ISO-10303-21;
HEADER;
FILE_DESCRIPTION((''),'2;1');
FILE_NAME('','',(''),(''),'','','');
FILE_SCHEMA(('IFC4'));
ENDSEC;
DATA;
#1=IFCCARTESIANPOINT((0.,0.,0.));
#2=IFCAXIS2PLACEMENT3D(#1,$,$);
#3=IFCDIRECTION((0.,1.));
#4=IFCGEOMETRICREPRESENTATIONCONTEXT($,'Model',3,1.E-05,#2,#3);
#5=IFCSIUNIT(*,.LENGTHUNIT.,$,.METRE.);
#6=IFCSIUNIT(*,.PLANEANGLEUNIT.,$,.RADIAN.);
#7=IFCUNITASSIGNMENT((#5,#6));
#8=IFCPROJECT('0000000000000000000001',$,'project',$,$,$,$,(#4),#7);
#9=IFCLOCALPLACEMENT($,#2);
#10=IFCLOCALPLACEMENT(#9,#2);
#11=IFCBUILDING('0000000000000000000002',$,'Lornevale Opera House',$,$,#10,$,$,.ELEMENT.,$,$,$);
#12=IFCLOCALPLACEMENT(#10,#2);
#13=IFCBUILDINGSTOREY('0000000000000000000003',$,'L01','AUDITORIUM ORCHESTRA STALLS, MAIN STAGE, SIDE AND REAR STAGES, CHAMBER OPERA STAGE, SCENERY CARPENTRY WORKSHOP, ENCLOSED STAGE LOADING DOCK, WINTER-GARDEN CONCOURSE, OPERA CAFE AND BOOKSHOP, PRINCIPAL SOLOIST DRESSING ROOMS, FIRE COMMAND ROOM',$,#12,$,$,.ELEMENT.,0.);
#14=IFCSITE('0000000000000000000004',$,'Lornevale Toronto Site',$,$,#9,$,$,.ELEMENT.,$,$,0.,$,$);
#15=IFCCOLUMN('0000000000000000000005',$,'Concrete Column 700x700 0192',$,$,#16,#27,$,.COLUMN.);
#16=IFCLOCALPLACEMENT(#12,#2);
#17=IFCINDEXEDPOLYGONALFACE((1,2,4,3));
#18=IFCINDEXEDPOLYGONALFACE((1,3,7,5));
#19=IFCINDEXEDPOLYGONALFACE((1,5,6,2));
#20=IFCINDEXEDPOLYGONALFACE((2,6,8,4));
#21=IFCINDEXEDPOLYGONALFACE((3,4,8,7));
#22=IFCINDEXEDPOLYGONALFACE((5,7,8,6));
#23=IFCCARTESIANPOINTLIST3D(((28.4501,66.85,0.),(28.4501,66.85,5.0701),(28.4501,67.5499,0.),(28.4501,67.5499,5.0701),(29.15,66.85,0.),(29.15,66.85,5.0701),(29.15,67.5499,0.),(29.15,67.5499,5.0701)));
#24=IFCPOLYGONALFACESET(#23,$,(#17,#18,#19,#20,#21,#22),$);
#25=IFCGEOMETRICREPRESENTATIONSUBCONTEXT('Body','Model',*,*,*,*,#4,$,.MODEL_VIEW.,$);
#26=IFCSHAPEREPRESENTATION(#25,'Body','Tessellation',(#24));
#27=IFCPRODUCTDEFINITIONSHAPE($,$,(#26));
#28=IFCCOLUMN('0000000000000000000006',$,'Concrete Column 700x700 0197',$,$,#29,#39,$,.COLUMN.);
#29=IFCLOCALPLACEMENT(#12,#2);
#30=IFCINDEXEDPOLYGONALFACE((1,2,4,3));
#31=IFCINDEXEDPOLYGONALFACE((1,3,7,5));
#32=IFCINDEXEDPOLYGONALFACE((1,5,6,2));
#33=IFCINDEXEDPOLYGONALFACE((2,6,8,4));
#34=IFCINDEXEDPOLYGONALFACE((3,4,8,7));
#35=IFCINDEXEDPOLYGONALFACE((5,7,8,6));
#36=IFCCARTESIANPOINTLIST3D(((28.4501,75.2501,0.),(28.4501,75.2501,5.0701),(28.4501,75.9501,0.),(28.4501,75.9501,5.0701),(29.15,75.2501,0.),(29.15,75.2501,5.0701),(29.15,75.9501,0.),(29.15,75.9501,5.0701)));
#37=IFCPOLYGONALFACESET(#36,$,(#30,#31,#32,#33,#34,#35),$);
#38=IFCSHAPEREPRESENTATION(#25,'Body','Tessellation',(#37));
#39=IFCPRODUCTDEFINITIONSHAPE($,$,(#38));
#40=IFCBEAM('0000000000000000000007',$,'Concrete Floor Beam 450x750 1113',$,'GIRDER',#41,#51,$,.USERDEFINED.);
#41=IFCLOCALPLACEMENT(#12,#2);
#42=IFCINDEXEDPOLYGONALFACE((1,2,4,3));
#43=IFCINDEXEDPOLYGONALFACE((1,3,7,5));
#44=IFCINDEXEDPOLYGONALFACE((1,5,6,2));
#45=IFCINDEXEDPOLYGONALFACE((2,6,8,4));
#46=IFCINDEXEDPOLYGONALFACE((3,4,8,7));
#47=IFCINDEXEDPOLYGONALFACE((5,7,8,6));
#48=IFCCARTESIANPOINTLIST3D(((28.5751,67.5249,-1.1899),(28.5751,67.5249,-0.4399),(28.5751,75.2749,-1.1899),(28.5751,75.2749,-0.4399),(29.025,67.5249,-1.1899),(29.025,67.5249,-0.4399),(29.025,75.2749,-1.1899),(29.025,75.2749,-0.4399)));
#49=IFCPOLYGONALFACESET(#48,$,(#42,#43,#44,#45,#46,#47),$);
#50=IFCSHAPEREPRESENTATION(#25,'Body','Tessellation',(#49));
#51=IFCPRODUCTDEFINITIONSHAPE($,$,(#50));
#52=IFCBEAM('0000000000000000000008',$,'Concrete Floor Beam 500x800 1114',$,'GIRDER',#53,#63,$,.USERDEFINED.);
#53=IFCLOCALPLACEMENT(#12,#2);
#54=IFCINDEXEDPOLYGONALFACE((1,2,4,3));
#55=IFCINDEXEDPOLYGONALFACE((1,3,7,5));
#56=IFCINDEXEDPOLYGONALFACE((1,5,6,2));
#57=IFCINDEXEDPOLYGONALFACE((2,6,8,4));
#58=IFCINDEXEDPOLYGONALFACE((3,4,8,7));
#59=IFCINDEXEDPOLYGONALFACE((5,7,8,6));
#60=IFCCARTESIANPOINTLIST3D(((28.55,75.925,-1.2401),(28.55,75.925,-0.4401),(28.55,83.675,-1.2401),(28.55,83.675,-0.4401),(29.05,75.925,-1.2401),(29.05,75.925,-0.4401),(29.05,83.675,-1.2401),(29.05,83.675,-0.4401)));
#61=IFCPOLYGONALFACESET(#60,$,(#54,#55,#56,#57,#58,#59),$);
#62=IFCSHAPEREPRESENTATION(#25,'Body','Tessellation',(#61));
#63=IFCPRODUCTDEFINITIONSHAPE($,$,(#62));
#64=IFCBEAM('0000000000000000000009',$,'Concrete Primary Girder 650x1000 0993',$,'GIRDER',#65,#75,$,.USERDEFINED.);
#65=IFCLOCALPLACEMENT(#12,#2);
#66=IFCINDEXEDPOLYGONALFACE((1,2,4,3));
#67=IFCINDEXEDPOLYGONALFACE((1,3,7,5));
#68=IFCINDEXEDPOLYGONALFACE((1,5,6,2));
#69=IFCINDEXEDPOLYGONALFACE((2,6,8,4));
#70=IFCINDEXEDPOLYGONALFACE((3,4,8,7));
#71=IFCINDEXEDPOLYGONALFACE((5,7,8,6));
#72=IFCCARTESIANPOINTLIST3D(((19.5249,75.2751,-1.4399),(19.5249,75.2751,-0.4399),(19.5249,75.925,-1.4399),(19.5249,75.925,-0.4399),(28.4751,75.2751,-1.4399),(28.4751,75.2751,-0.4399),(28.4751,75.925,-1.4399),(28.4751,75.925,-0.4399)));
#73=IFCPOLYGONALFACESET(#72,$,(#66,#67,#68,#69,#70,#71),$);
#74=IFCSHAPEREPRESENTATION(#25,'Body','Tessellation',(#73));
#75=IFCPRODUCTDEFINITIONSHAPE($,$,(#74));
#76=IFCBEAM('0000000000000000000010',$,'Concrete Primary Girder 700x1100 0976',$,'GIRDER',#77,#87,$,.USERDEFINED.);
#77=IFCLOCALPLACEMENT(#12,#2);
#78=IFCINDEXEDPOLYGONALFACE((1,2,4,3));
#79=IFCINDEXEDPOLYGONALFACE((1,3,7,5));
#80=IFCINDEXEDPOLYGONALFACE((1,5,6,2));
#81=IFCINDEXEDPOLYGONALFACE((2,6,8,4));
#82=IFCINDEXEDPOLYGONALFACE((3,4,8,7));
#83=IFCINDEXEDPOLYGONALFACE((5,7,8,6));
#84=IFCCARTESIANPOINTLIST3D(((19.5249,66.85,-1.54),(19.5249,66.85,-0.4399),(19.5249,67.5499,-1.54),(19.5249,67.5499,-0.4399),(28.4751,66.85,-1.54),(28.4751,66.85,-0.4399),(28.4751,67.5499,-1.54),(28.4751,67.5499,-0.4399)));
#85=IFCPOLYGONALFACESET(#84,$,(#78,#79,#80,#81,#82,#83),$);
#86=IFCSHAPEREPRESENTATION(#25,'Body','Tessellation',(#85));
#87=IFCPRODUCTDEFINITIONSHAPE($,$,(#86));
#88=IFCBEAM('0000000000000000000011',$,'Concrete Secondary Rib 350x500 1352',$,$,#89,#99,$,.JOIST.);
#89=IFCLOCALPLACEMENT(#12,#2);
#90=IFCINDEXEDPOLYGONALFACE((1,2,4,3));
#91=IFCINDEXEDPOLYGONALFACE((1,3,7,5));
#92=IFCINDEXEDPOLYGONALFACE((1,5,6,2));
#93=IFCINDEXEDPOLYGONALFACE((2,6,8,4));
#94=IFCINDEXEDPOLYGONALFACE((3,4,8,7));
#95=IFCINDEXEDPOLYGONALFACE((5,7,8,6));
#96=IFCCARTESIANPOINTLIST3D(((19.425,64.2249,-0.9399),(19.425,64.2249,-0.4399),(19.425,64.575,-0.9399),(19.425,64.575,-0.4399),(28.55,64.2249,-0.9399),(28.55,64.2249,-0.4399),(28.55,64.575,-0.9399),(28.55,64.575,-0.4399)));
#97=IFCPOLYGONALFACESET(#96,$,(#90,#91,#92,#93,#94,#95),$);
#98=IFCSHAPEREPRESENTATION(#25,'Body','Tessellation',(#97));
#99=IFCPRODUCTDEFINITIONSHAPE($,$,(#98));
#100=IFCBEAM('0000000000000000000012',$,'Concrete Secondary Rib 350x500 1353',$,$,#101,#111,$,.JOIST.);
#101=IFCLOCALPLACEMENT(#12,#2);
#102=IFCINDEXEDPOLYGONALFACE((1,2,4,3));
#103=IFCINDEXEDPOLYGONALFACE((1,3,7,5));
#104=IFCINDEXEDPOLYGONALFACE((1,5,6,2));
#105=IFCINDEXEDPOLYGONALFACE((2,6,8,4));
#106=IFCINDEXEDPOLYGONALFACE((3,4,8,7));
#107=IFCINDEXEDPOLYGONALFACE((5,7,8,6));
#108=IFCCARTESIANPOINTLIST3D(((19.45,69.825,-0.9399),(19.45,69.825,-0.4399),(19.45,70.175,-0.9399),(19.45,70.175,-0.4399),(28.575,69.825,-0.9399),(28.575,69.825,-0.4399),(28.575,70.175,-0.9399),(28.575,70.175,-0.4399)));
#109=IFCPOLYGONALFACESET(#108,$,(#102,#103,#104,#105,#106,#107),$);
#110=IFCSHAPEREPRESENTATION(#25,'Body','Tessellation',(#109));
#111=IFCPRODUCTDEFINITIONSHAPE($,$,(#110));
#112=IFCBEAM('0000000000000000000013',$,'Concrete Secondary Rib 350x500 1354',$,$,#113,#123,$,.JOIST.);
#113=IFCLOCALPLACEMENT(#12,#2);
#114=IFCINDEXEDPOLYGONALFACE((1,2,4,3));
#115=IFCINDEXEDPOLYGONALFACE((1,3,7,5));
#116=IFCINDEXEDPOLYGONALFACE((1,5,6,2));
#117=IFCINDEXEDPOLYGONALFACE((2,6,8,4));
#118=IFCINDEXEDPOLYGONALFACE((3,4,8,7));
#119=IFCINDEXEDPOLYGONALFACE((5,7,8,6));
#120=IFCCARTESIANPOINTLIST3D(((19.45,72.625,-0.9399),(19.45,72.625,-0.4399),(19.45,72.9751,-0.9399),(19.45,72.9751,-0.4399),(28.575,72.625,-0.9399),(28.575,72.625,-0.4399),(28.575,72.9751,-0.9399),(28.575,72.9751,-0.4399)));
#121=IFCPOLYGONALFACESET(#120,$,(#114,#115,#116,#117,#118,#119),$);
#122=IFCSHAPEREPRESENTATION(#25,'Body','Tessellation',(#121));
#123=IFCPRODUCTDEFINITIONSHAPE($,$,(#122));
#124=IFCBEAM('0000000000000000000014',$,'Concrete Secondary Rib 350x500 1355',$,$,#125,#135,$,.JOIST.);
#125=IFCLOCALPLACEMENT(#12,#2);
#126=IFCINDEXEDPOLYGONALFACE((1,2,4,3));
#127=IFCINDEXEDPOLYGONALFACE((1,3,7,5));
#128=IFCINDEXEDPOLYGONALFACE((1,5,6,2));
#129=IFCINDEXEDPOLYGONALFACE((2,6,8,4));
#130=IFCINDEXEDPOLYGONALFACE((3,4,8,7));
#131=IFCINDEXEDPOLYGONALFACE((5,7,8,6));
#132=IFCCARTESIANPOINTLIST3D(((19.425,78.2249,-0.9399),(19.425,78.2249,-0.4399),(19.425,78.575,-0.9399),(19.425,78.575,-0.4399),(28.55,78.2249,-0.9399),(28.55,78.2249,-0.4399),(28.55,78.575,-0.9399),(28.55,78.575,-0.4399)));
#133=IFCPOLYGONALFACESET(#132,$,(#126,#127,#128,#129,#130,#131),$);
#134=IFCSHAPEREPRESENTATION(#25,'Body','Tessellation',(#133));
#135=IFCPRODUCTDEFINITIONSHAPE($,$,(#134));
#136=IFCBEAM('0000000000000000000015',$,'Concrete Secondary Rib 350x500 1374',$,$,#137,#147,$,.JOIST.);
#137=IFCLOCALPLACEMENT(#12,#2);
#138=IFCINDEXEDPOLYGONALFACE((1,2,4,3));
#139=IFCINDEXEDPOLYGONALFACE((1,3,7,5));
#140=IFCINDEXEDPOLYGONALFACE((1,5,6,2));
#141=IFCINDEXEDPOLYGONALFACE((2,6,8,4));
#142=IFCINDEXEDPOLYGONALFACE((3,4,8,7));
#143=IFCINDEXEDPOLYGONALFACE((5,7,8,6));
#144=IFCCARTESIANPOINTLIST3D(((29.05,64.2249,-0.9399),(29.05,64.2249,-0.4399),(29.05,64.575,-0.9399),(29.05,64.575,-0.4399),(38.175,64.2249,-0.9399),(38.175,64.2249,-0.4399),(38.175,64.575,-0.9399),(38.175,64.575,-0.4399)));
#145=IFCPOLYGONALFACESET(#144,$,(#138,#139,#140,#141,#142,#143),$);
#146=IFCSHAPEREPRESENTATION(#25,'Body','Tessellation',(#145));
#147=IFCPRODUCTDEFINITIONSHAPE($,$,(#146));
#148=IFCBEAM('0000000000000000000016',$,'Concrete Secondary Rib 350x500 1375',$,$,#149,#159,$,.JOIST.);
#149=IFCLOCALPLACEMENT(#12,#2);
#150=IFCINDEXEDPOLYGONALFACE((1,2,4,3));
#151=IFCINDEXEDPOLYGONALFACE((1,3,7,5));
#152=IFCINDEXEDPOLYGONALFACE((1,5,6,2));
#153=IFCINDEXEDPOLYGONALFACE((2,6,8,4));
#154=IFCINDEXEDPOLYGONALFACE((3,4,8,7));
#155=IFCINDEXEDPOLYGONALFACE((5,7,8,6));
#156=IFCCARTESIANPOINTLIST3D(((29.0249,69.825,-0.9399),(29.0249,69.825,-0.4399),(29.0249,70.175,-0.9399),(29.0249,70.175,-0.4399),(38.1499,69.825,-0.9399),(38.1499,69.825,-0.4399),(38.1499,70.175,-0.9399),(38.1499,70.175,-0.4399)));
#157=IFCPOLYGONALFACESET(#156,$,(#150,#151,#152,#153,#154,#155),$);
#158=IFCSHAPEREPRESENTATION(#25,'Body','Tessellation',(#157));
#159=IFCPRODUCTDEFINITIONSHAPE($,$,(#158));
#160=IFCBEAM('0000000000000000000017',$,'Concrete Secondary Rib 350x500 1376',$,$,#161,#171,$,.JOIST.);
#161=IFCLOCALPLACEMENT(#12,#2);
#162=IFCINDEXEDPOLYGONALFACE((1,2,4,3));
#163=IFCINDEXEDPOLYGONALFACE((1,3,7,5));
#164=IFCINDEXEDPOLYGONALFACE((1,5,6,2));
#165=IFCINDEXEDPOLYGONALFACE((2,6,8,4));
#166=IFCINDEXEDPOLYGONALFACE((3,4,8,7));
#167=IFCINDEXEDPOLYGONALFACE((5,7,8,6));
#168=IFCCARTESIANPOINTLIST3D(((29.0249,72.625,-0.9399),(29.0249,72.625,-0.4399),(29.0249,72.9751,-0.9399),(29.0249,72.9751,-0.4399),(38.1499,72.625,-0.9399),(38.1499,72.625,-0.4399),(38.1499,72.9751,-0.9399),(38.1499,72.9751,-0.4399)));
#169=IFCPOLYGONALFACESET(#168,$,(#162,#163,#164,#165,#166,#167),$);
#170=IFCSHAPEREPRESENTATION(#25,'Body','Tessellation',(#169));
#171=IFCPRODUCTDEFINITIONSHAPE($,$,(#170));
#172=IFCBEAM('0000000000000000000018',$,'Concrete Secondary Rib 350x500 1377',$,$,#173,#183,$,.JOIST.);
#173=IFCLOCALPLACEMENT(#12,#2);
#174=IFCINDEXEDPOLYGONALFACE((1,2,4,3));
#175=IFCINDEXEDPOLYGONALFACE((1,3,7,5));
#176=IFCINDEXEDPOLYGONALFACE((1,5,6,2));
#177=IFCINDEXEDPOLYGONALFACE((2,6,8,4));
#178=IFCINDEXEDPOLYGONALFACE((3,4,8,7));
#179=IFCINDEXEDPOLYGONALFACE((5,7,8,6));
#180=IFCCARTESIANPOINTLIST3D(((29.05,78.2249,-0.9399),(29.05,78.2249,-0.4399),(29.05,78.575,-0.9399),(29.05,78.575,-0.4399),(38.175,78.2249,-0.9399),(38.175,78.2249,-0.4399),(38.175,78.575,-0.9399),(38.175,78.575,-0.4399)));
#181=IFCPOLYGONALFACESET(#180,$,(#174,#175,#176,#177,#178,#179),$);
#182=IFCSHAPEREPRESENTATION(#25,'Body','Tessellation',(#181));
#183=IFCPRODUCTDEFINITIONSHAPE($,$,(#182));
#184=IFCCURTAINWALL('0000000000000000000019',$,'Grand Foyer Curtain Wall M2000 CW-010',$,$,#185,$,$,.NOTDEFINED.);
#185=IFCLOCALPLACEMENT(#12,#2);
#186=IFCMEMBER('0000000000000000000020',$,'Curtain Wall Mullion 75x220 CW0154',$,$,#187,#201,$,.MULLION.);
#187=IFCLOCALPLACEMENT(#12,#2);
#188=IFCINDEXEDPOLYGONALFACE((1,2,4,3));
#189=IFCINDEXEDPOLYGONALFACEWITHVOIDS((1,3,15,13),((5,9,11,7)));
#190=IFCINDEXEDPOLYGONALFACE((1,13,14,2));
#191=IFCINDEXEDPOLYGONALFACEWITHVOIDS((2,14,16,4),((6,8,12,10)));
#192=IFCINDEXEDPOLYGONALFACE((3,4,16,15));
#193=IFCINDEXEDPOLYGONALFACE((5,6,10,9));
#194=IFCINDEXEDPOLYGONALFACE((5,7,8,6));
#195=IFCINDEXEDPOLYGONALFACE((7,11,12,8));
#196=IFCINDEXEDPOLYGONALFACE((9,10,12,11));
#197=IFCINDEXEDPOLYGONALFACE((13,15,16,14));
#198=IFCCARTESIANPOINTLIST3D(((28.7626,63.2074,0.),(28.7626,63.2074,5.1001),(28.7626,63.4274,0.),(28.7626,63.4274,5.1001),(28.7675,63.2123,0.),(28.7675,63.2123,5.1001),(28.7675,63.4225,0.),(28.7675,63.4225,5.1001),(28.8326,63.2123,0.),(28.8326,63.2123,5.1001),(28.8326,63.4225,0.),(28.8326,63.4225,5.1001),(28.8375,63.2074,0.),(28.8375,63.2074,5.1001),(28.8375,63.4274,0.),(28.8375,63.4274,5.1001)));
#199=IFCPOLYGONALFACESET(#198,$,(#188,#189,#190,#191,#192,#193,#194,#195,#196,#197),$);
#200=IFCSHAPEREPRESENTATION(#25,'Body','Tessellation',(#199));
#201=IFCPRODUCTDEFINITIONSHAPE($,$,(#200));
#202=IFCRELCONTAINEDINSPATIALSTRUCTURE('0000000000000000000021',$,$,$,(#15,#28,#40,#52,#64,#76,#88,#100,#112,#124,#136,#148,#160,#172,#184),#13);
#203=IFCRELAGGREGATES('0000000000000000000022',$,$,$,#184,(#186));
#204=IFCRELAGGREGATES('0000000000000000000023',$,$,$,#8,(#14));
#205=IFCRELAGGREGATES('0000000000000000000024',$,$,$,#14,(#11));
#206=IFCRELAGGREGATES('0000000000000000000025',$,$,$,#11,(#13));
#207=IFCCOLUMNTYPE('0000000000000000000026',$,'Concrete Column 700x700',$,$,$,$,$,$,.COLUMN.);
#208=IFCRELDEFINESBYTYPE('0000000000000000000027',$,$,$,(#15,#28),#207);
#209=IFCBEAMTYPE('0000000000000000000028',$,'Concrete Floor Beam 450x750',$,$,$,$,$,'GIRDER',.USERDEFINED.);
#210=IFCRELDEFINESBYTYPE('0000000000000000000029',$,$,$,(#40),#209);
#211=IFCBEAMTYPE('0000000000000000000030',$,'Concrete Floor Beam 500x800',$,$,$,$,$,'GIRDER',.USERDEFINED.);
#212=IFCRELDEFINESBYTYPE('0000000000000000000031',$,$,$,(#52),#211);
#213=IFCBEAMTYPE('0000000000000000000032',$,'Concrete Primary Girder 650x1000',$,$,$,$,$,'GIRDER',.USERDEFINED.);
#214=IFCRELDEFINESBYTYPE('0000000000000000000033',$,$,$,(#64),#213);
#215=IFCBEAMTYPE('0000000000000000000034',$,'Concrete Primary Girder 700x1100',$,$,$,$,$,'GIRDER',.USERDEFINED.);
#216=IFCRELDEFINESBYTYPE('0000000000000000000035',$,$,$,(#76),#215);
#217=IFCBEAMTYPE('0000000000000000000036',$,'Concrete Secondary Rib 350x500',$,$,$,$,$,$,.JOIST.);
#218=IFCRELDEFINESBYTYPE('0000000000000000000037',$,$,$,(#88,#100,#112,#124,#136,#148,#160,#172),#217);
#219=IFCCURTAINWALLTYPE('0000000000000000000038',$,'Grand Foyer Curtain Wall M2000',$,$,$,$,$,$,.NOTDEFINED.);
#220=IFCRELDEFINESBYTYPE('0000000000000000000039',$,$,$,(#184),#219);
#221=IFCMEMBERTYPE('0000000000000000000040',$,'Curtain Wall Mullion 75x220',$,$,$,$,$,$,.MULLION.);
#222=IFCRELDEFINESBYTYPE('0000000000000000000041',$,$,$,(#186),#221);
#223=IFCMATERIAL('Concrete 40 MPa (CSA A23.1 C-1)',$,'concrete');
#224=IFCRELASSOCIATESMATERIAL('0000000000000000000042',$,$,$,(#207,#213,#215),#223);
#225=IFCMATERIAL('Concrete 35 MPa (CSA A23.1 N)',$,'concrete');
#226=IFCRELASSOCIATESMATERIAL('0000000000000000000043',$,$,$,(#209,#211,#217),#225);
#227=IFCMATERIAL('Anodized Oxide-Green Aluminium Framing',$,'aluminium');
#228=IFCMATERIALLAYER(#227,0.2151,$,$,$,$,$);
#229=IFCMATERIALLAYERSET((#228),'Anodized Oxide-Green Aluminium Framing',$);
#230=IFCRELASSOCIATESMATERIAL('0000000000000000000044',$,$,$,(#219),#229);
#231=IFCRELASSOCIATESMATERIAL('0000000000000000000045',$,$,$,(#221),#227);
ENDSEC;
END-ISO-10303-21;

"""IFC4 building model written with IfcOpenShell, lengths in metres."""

from ifc_helpers import new_model, si_unit, direction, frame, origin, origin_2d, place, context, subcontext, project, spatial, rectangle, hollow_rectangle, extrude, material, layer, layer_set, material_profile, profile_set, type_object, element, aggregate, save


model = new_model("IFC4")

# Units and contexts
model_context = context("Model", 3, precision=1e-05, world=origin(), true_north=direction((0.0, 1.0)))
body_context = subcontext(model_context, "Body", "Model", "MODEL_VIEW")
ifc_project = project(units=[si_unit("LENGTHUNIT", "METRE"), si_unit("PLANEANGLEUNIT", "RADIAN")], contexts=[model_context])

# Site, building, storey
site_placement = place(None, origin())
site = spatial("IfcSite", under=ifc_project, at=site_placement, Name="Lornevale Toronto Site", CompositionType="ELEMENT", RefElevation=0.0)
building_placement = place(site_placement, origin())
building = spatial("IfcBuilding", under=site, at=building_placement, Name="Lornevale Opera House", CompositionType="ELEMENT")
storey_placement = place(building_placement, origin())
storey = spatial("IfcBuildingStorey", under=building, at=storey_placement, Name="L01", Description="AUDITORIUM ORCHESTRA STALLS, MAIN STAGE, SIDE AND REAR STAGES, CHAMBER OPERA STAGE, SCENERY CARPENTRY WORKSHOP, ENCLOSED STAGE LOADING DOCK, WINTER-GARDEN CONCOURSE, OPERA CAFE AND BOOKSHOP, PRINCIPAL SOLOIST DRESSING ROOMS, FIRE COMMAND ROOM", CompositionType="ELEMENT", Elevation=0.0)

# Columns
ifc_material_1 = material(Name="Concrete 40 MPa (CSA A23.1 C-1)", Category="concrete")
ifc_material_profile_1 = material_profile(ifc_material_1, rectangle(XDim=0.7, YDim=0.7, at=origin_2d()), Name="RC700x700")
ifc_profile_set_1 = profile_set([ifc_material_profile_1], Name="Concrete 40 MPa (CSA A23.1 C-1)")
column_type = type_object("IfcColumnType", Name="Concrete Column 700x700", PredefinedType="COLUMN", material=ifc_profile_set_1)
for number, where, z_axis, x_axis, name in (
    (1, (28.8, 67.2, 0.0), (0.0, 0.0, 1.0), (1.0, 0.0, 0.0), "Concrete Column 700x700 0192"),
    (2, (28.8, 75.6001, 0.0), (0.0, 0.0, 1.0), (1.0, 0.0, 0.0), "Concrete Column 700x700 0197"),
):
    element("IfcColumn", number, at=place(storey_placement, frame(where, z_axis=z_axis, x_axis=x_axis)), inside=storey, type_object=column_type, Name=name, PredefinedType="COLUMN", context=body_context, shape_type="SweptSolid", body=[
        extrude(rectangle(XDim=0.7, YDim=0.7, at=origin_2d()), origin(), (0.0, 0.0, 1.0), 5.0701),
    ])

# Beams
ifc_material_2 = material(Name="Concrete 35 MPa (CSA A23.1 N)", Category="concrete")
ifc_material_profile_2 = material_profile(ifc_material_2, rectangle(XDim=0.45, YDim=0.75, at=origin_2d()), Name="RC450x750")
ifc_profile_set_2 = profile_set([ifc_material_profile_2], Name="Concrete 35 MPa (CSA A23.1 N)")
beam_type_1 = type_object("IfcBeamType", Name="Concrete Floor Beam 450x750", ElementType="GIRDER", PredefinedType="USERDEFINED", material=ifc_profile_set_2)
beam_1_placement = place(storey_placement, frame((28.8, 67.5249, -0.8149), z_axis=(0.0, 1.0, 0.0), x_axis=(-1.0, 0.0, 0.0)))
element("IfcBeam", 3, at=beam_1_placement, inside=storey, type_object=beam_type_1, Name="Concrete Floor Beam 450x750 1113", ObjectType="GIRDER", PredefinedType="USERDEFINED", context=body_context, shape_type="SweptSolid", body=[
    extrude(rectangle(XDim=0.45, YDim=0.75, at=origin_2d()), origin(), (0.0, 0.0, 1.0), 7.75),
])
ifc_material_profile_3 = material_profile(ifc_material_2, rectangle(XDim=0.5, YDim=0.8, at=origin_2d()), Name="RC500x800")
ifc_profile_set_3 = profile_set([ifc_material_profile_3], Name="Concrete 35 MPa (CSA A23.1 N)")
beam_type_2 = type_object("IfcBeamType", Name="Concrete Floor Beam 500x800", ElementType="GIRDER", PredefinedType="USERDEFINED", material=ifc_profile_set_3)
beam_2_placement = place(storey_placement, frame((28.8, 75.925, -0.8401), z_axis=(0.0, 1.0, 0.0), x_axis=(-1.0, 0.0, 0.0)))
element("IfcBeam", 4, at=beam_2_placement, inside=storey, type_object=beam_type_2, Name="Concrete Floor Beam 500x800 1114", ObjectType="GIRDER", PredefinedType="USERDEFINED", context=body_context, shape_type="SweptSolid", body=[
    extrude(rectangle(XDim=0.5, YDim=0.8, at=origin_2d()), origin(), (0.0, 0.0, 1.0), 7.75),
])
ifc_material_profile_4 = material_profile(ifc_material_1, rectangle(XDim=0.6499, YDim=1.0, at=origin_2d()), Name="RC650x1000")
ifc_profile_set_4 = profile_set([ifc_material_profile_4], Name="Concrete 40 MPa (CSA A23.1 C-1)")
beam_type_3 = type_object("IfcBeamType", Name="Concrete Primary Girder 650x1000", ElementType="GIRDER", PredefinedType="USERDEFINED", material=ifc_profile_set_4)
beam_3_placement = place(storey_placement, frame((19.5249, 75.6001, -0.9399), z_axis=(1.0, 0.0, 0.0), x_axis=(0.0, 1.0, 0.0)))
element("IfcBeam", 5, at=beam_3_placement, inside=storey, type_object=beam_type_3, Name="Concrete Primary Girder 650x1000 0993", ObjectType="GIRDER", PredefinedType="USERDEFINED", context=body_context, shape_type="SweptSolid", body=[
    extrude(rectangle(XDim=0.6499, YDim=1.0, at=origin_2d()), origin(), (0.0, 0.0, 1.0), 8.9502),
])
ifc_material_profile_5 = material_profile(ifc_material_1, rectangle(XDim=0.7, YDim=1.1001, at=origin_2d()), Name="RC700x1100")
ifc_profile_set_5 = profile_set([ifc_material_profile_5], Name="Concrete 40 MPa (CSA A23.1 C-1)")
beam_type_4 = type_object("IfcBeamType", Name="Concrete Primary Girder 700x1100", ElementType="GIRDER", PredefinedType="USERDEFINED", material=ifc_profile_set_5)
beam_4_placement = place(storey_placement, frame((19.5249, 67.2, -0.99), z_axis=(1.0, 0.0, 0.0), x_axis=(0.0, 1.0, 0.0)))
element("IfcBeam", 6, at=beam_4_placement, inside=storey, type_object=beam_type_4, Name="Concrete Primary Girder 700x1100 0976", ObjectType="GIRDER", PredefinedType="USERDEFINED", context=body_context, shape_type="SweptSolid", body=[
    extrude(rectangle(XDim=0.7, YDim=1.1001, at=origin_2d()), origin(), (0.0, 0.0, 1.0), 8.9502),
])
ifc_material_profile_6 = material_profile(ifc_material_2, rectangle(XDim=0.3501, YDim=0.5, at=origin_2d()), Name="RC350x500")
ifc_profile_set_6 = profile_set([ifc_material_profile_6], Name="Concrete 35 MPa (CSA A23.1 N)")
beam_type_5 = type_object("IfcBeamType", Name="Concrete Secondary Rib 350x500", PredefinedType="JOIST", material=ifc_profile_set_6)
for number, where, z_axis, x_axis, name in (
    (7, (19.425, 64.3999, -0.6899), (1.0, 0.0, 0.0), (0.0, 1.0, 0.0), "Concrete Secondary Rib 350x500 1352"),
    (8, (19.45, 70.0, -0.6899), (1.0, 0.0, 0.0), (0.0, 1.0, 0.0), "Concrete Secondary Rib 350x500 1353"),
    (9, (19.45, 72.8, -0.6899), (1.0, 0.0, 0.0), (0.0, 1.0, 0.0), "Concrete Secondary Rib 350x500 1354"),
    (10, (19.425, 78.3999, -0.6899), (1.0, 0.0, 0.0), (0.0, 1.0, 0.0), "Concrete Secondary Rib 350x500 1355"),
    (11, (29.05, 64.3999, -0.6899), (1.0, 0.0, 0.0), (0.0, 1.0, 0.0), "Concrete Secondary Rib 350x500 1374"),
    (12, (29.0249, 70.0, -0.6899), (1.0, 0.0, 0.0), (0.0, 1.0, 0.0), "Concrete Secondary Rib 350x500 1375"),
    (13, (29.0249, 72.8, -0.6899), (1.0, 0.0, 0.0), (0.0, 1.0, 0.0), "Concrete Secondary Rib 350x500 1376"),
    (14, (29.05, 78.3999, -0.6899), (1.0, 0.0, 0.0), (0.0, 1.0, 0.0), "Concrete Secondary Rib 350x500 1377"),
):
    element("IfcBeam", number, at=place(storey_placement, frame(where, z_axis=z_axis, x_axis=x_axis)), inside=storey, type_object=beam_type_5, Name=name, PredefinedType="JOIST", context=body_context, shape_type="SweptSolid", body=[
        extrude(rectangle(XDim=0.3501, YDim=0.5, at=origin_2d()), origin(), (0.0, 0.0, 1.0), 9.125),
    ])

# Curtain wall, member
ifc_material_3 = material(Name="Anodized Oxide-Green Aluminium Framing", Category="aluminium")
ifc_layer_1 = layer(ifc_material_3, 0.2151)
ifc_layer_set_1 = layer_set([ifc_layer_1], Name="Anodized Oxide-Green Aluminium Framing")
curtain_wall_type = type_object("IfcCurtainWallType", Name="Grand Foyer Curtain Wall M2000", PredefinedType="NOTDEFINED", material=ifc_layer_set_1)
curtain_wall_placement = place(storey_placement, origin())
curtain_wall = element("IfcCurtainWall", 15, at=curtain_wall_placement, inside=storey, type_object=curtain_wall_type, Name="Grand Foyer Curtain Wall M2000 CW-010", PredefinedType="NOTDEFINED")
ifc_material_profile_7 = material_profile(ifc_material_3, hollow_rectangle(XDim=0.075, YDim=0.22, WallThickness=0.0049, at=origin_2d()), Name="ALU75x220x5")
ifc_profile_set_7 = profile_set([ifc_material_profile_7], Name="Anodized Oxide-Green Aluminium Framing")
member_type_1 = type_object("IfcMemberType", Name="Curtain Wall Mullion 75x220", PredefinedType="MULLION", material=ifc_profile_set_7)
member_1_placement = place(storey_placement, frame((28.8, 63.3174, 0.0), z_axis=(0.0, 0.0, 1.0), x_axis=(-1.0, 0.0, 0.0)))
member_1 = element("IfcMember", 16, at=member_1_placement, type_object=member_type_1, Name="Curtain Wall Mullion 75x220 CW0154", PredefinedType="MULLION", context=body_context, shape_type="SweptSolid", body=[
    extrude(hollow_rectangle(XDim=0.075, YDim=0.22, WallThickness=0.0049, at=origin_2d()), origin(), (0.0, 0.0, 1.0), 5.1001),
])
aggregate(curtain_wall, [member_1])

save(model, "model.ifc")
